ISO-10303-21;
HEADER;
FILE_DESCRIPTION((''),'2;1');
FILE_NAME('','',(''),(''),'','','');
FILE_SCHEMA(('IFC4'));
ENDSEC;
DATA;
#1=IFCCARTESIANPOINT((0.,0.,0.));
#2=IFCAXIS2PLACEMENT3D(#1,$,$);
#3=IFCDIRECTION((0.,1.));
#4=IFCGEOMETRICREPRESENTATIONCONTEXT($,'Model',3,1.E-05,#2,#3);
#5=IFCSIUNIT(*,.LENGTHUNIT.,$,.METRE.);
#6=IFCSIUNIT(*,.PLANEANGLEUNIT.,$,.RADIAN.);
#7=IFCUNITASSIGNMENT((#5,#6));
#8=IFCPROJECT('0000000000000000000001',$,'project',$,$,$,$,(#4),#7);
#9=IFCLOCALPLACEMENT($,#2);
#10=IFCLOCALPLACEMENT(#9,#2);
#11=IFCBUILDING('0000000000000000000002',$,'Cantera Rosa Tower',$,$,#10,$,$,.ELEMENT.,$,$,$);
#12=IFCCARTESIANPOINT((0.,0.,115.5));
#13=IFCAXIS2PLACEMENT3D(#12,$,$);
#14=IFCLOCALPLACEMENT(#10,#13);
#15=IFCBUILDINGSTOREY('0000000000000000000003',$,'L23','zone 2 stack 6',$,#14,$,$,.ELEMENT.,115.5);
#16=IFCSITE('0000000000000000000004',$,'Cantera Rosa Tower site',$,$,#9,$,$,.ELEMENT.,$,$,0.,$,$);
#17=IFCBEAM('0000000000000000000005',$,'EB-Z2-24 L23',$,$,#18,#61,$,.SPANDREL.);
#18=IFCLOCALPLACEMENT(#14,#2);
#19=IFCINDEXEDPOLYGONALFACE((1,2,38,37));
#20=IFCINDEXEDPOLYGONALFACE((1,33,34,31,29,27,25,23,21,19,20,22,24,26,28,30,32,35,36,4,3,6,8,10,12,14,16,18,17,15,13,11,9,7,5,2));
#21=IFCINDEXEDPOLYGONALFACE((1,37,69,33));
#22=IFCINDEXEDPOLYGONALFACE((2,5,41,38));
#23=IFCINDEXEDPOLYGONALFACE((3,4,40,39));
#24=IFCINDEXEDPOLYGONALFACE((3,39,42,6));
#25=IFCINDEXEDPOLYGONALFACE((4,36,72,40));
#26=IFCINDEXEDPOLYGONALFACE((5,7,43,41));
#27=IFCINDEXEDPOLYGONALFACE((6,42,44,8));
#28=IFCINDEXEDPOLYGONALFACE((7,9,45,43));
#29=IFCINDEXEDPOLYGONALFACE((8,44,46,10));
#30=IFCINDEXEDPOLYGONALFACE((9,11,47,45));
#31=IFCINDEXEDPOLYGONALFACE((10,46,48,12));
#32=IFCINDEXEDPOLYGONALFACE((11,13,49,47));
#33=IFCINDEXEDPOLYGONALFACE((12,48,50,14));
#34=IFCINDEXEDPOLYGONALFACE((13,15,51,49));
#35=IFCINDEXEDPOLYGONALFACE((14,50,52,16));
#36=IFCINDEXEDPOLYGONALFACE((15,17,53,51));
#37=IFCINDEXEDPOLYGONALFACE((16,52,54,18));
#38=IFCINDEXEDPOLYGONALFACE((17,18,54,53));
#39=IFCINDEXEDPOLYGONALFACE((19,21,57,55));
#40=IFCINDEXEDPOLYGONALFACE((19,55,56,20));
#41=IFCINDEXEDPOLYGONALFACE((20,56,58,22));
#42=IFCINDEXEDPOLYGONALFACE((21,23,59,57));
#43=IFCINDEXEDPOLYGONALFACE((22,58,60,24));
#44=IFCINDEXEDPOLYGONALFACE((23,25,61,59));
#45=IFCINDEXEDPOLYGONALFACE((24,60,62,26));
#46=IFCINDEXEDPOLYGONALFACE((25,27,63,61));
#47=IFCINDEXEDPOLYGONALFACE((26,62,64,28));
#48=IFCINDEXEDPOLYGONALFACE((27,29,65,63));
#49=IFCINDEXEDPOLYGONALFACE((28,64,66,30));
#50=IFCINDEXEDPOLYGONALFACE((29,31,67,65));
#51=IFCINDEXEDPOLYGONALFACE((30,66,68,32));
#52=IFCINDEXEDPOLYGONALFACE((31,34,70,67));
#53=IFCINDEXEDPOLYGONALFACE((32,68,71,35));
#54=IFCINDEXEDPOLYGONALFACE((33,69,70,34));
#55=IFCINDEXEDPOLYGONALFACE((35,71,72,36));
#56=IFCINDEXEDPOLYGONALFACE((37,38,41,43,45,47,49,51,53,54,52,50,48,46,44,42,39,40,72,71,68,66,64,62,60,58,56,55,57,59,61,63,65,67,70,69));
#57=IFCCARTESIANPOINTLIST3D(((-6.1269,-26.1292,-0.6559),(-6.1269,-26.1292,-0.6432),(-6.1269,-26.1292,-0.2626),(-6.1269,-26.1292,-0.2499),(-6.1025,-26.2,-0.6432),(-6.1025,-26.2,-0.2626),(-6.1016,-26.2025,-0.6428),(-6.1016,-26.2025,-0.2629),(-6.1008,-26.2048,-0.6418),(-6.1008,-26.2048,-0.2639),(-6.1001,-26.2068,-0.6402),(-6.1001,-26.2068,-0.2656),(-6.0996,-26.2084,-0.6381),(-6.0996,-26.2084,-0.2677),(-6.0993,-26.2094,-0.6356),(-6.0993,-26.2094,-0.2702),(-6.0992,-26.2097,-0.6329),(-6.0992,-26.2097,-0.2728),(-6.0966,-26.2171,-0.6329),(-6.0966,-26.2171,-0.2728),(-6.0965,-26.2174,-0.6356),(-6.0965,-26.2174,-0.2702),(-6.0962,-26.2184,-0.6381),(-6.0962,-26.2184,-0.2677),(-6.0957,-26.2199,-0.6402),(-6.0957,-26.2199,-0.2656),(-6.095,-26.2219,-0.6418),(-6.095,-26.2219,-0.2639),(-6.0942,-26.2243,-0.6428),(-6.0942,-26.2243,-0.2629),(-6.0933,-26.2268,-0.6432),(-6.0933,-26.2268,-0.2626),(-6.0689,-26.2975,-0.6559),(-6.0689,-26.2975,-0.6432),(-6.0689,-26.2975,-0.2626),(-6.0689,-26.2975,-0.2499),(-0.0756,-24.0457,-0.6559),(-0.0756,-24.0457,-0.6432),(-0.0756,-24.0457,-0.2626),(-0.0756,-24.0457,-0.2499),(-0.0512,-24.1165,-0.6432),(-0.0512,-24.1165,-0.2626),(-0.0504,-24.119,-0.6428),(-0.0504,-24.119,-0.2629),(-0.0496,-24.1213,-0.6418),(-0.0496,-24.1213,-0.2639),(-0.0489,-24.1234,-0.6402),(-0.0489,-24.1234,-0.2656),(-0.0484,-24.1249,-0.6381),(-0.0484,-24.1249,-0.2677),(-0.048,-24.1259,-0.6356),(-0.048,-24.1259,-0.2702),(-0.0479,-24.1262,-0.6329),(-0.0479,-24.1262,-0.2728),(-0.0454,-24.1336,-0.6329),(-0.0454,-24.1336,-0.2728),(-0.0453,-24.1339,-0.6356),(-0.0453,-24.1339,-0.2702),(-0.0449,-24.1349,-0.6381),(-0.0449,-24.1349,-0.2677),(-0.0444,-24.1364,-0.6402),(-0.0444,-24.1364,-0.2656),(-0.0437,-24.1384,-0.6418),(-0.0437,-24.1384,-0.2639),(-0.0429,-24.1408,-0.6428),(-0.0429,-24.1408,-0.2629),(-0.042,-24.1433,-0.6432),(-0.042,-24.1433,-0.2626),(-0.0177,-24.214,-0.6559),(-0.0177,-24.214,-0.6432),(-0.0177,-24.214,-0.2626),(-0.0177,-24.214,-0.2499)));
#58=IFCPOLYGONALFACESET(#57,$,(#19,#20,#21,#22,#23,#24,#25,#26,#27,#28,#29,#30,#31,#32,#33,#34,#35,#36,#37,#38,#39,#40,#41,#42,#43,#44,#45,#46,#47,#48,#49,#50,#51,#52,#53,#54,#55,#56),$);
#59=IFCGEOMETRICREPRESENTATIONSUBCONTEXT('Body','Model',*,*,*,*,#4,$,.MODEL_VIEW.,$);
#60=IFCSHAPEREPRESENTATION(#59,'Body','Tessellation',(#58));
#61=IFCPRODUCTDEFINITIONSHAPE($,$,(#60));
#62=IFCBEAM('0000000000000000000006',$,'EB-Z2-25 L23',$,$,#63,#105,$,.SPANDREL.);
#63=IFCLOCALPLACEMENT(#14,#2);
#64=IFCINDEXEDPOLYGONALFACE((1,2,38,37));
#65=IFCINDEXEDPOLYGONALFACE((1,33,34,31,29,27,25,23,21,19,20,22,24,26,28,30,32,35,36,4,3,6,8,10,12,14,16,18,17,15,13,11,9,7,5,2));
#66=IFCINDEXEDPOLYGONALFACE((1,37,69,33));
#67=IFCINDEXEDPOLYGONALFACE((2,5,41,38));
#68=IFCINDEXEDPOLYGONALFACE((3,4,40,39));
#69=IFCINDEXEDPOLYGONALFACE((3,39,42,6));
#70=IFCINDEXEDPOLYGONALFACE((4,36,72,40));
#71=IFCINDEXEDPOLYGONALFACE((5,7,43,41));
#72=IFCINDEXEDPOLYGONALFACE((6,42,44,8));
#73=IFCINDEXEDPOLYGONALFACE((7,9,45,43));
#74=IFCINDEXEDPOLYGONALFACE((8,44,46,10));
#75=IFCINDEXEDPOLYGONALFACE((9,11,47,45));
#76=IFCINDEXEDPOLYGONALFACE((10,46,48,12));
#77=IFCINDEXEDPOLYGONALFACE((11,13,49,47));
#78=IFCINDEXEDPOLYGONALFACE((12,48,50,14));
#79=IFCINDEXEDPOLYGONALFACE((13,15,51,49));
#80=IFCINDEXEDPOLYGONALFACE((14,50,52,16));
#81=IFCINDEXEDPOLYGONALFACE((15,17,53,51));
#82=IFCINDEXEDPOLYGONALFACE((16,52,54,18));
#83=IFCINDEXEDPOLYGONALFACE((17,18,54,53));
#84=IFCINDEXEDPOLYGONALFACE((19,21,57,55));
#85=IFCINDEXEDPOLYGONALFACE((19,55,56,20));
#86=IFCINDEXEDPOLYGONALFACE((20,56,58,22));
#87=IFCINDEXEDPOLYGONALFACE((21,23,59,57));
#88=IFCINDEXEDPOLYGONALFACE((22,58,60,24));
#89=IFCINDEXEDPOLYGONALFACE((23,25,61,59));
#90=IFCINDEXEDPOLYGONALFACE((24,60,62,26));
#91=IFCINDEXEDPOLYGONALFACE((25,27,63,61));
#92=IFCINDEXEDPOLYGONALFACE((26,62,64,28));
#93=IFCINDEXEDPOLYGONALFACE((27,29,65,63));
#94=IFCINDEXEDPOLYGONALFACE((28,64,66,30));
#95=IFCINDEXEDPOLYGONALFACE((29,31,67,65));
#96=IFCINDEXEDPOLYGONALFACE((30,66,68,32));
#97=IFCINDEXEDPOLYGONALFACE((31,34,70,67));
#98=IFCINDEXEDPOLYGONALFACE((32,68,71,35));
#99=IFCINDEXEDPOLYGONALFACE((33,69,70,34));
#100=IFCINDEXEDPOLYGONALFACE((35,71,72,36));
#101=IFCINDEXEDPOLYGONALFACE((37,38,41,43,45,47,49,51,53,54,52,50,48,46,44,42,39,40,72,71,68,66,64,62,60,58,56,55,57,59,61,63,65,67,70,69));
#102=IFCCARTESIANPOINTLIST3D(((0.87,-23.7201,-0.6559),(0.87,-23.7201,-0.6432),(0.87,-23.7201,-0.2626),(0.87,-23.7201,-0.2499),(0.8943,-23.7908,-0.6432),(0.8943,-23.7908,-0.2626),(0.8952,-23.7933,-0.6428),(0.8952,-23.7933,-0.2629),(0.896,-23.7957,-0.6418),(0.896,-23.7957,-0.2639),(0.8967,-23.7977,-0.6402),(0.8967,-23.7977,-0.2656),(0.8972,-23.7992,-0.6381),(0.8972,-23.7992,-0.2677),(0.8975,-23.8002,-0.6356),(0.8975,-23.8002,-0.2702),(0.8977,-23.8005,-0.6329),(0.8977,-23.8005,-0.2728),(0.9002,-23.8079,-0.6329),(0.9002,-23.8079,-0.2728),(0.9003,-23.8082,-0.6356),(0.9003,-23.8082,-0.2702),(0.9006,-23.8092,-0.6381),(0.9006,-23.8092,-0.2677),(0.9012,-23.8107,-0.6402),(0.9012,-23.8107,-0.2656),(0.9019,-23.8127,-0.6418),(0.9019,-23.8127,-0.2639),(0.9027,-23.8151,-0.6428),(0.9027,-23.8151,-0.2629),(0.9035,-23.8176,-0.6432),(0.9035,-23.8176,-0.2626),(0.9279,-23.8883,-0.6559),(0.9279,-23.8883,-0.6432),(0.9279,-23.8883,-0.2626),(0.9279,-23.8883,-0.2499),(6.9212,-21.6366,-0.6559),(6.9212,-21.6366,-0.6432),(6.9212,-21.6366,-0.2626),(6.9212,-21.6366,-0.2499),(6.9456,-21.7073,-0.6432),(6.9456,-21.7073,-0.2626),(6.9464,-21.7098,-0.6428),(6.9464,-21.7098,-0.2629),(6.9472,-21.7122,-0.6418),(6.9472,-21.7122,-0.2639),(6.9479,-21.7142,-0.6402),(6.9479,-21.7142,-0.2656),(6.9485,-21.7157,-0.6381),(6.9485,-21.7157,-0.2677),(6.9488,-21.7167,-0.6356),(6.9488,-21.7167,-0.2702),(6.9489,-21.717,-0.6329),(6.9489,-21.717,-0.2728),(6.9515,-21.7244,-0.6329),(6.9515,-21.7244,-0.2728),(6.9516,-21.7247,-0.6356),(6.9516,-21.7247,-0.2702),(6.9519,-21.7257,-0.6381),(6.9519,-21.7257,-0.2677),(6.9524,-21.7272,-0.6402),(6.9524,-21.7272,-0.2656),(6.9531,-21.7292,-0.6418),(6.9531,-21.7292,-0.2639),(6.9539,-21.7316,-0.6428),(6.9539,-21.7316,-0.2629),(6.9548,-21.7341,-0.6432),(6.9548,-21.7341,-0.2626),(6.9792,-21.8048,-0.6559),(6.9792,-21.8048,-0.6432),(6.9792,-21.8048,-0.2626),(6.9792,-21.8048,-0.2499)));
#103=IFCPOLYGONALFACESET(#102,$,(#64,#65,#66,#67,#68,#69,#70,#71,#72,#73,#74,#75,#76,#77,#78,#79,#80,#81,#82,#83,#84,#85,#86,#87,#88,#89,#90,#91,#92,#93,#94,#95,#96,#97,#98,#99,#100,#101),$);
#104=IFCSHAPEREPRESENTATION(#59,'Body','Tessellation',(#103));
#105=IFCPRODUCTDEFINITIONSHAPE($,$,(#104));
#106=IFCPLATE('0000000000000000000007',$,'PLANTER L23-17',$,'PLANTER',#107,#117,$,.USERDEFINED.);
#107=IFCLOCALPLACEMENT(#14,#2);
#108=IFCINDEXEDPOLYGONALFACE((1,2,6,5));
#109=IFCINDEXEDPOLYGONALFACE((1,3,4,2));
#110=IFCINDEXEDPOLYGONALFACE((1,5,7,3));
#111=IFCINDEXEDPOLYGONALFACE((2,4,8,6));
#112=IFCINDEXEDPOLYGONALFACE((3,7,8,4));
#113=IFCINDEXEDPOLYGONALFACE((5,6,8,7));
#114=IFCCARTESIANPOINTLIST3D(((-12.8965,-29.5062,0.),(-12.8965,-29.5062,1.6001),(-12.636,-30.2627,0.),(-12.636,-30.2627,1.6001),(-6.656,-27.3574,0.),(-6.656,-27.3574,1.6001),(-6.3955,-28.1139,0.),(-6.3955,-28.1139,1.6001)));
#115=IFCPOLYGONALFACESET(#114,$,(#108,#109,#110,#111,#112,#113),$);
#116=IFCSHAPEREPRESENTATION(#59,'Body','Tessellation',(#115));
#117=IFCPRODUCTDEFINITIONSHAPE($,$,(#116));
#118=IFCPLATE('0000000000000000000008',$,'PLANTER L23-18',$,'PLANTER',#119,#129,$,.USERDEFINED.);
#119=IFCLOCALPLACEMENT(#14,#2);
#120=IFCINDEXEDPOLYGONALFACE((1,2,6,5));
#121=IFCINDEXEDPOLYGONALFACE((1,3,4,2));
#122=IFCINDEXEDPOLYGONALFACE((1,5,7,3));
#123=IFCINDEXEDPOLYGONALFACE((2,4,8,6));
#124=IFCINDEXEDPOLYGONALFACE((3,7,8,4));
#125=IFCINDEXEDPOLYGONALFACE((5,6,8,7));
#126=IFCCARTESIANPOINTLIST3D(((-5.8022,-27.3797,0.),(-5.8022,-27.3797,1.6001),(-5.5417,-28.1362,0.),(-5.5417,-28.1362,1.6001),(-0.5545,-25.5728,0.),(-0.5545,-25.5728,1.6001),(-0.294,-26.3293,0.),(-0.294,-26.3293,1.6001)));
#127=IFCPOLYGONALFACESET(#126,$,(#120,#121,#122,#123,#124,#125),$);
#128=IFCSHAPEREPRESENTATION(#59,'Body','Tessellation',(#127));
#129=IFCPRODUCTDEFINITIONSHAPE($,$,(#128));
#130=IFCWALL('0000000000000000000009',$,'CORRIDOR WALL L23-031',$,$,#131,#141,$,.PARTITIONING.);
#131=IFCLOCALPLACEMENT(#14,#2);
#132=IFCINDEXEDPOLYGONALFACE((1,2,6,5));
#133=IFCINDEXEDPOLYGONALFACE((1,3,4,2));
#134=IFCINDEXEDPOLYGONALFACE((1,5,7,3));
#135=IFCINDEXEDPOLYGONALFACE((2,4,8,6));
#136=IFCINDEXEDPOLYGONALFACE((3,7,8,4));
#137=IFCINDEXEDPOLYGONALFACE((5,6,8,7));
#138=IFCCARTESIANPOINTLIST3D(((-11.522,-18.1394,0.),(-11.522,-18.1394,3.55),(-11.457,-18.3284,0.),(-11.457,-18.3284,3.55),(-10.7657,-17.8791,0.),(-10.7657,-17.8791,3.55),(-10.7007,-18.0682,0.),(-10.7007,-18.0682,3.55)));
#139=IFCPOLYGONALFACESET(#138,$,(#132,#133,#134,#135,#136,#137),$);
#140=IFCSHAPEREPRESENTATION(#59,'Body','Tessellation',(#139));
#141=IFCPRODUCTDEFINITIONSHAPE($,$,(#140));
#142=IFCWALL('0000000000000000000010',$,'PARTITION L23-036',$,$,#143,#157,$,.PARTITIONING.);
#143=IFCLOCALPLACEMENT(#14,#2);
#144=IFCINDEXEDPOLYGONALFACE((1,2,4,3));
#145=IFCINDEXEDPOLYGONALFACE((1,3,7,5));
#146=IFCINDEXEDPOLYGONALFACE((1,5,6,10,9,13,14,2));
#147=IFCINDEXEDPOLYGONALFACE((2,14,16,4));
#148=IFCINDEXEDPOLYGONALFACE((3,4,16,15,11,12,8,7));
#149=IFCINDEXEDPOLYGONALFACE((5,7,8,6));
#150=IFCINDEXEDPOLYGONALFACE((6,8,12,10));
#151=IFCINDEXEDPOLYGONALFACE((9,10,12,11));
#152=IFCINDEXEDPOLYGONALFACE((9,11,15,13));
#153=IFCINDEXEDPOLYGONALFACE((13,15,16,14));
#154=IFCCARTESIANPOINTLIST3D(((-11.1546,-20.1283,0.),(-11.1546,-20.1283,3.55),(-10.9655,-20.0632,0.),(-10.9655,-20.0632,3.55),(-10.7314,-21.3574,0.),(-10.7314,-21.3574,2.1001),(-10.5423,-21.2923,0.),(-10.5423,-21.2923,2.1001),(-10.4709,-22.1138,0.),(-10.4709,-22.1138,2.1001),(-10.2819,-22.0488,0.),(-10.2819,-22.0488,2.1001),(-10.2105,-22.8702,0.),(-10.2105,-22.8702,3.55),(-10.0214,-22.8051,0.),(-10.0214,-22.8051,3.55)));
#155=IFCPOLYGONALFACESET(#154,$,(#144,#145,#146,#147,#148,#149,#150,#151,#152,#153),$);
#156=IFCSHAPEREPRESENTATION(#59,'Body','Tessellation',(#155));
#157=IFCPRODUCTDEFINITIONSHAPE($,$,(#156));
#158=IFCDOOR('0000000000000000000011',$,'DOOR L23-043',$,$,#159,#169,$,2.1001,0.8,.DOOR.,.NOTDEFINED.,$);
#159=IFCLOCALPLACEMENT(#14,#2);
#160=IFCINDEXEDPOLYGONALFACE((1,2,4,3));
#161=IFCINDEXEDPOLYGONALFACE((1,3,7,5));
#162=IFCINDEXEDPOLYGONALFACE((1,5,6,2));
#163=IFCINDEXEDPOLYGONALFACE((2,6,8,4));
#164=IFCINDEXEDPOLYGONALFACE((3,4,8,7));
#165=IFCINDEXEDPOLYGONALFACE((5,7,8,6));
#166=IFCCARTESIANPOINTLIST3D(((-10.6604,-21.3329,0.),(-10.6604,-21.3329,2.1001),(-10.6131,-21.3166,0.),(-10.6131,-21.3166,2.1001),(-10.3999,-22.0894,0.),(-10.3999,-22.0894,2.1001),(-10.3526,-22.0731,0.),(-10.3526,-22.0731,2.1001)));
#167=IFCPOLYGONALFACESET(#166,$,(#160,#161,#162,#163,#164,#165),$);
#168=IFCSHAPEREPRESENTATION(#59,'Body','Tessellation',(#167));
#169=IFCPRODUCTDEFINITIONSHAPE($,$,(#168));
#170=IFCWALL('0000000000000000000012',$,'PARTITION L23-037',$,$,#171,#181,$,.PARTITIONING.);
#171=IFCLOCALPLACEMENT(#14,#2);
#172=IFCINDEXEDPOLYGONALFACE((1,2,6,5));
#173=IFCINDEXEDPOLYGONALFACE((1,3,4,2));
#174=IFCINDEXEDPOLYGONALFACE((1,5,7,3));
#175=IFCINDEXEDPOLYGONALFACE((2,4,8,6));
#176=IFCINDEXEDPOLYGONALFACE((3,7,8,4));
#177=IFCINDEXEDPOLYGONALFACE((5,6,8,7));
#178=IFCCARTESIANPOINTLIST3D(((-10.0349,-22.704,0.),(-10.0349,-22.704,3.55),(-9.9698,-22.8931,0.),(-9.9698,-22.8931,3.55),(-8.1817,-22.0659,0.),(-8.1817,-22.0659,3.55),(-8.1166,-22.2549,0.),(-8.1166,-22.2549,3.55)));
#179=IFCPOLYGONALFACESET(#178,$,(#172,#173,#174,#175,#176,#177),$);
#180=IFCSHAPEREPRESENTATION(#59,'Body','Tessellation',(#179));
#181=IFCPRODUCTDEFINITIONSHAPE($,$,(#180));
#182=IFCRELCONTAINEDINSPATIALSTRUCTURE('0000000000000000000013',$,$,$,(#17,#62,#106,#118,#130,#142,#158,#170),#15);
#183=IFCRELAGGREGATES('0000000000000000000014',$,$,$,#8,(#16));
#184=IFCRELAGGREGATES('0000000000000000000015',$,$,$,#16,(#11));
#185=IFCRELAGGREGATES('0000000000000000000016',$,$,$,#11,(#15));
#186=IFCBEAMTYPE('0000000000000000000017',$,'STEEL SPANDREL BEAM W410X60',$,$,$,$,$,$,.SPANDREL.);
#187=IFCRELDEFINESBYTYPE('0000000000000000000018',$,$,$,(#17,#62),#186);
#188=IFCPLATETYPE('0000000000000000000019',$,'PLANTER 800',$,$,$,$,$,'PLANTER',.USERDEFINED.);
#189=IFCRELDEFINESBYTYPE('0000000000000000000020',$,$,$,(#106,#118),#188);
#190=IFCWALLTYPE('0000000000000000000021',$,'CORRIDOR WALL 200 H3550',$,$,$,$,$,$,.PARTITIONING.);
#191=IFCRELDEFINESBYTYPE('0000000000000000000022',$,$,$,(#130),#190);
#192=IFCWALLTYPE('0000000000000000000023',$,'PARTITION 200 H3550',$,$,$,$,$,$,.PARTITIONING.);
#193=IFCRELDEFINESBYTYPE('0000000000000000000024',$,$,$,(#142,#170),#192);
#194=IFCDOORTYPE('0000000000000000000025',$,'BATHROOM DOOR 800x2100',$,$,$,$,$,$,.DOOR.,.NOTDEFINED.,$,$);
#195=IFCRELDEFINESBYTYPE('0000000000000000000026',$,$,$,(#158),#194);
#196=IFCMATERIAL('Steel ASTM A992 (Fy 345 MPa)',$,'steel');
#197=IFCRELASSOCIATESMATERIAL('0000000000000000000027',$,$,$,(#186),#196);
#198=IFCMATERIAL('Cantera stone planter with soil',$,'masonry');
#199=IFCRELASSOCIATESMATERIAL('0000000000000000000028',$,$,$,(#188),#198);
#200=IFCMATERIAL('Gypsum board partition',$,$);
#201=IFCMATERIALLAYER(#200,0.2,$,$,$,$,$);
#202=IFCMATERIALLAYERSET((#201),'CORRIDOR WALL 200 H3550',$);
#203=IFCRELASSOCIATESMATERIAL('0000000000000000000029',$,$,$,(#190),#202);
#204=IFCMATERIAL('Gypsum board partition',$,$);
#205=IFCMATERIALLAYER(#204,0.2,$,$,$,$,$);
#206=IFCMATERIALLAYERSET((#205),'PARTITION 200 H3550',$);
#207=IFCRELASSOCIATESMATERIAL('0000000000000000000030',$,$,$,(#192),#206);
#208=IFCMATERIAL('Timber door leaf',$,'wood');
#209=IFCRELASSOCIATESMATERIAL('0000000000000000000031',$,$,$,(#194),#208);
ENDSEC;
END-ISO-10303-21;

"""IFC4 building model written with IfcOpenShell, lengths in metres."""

from ifc_helpers import new_model, si_unit, direction, frame, frame_2d, origin, origin_2d, place, context, subcontext, project, spatial, rectangle, i_section, extrude, material, layer, layer_set, material_profile, profile_set, type_object, element, fill, save


model = new_model("IFC4")

# Units and contexts
model_context = context("Model", 3, precision=1e-05, world=origin(), true_north=direction((0.0, 1.0)))
body_context = subcontext(model_context, "Body", "Model", "MODEL_VIEW")
ifc_project = project(units=[si_unit("LENGTHUNIT", "METRE"), si_unit("PLANEANGLEUNIT", "RADIAN")], contexts=[model_context])

# Site, building, storey
site_placement = place(None, origin())
site = spatial("IfcSite", under=ifc_project, at=site_placement, Name="Cantera Rosa Tower site", CompositionType="ELEMENT", RefElevation=0.0)
building_placement = place(site_placement, origin())
building = spatial("IfcBuilding", under=site, at=building_placement, Name="Cantera Rosa Tower", CompositionType="ELEMENT")
storey_placement = place(building_placement, frame((0.0, 0.0, 115.5)))
storey = spatial("IfcBuildingStorey", under=building, at=storey_placement, Name="L23", Description="zone 2 stack 6", CompositionType="ELEMENT", Elevation=115.5)

# Beams
ifc_material_1 = material(Name="Steel ASTM A992 (Fy 345 MPa)", Category="steel")
ifc_material_profile_1 = material_profile(ifc_material_1, i_section(OverallWidth=0.178, OverallDepth=0.406, WebThickness=0.0078, FlangeThickness=0.0127, FilletRadius=0.0103, at=origin_2d()), Name="W410X60")
ifc_profile_set_1 = profile_set([ifc_material_profile_1], Name="Steel ASTM A992 (Fy 345 MPa)")
beam_type_1 = type_object("IfcBeamType", Name="STEEL SPANDREL BEAM W410X60", PredefinedType="SPANDREL", material=ifc_profile_set_1)
for number, where, z_axis, x_axis, name in (
    (1, (-6.0979, -26.2134, -0.4529), (0.945524, 0.325551, 0.0), (-0.325551, 0.945524, 0.0), "EB-Z2-24 L23"),
    (2, (0.8989, -23.8042, -0.4529), (0.945524, 0.325551, 0.0), (-0.325551, 0.945524, 0.0), "EB-Z2-25 L23"),
):
    element("IfcBeam", number, at=place(storey_placement, frame(where, z_axis=z_axis, x_axis=x_axis)), inside=storey, type_object=beam_type_1, Name=name, PredefinedType="SPANDREL", context=body_context, shape_type="SweptSolid", body=[
        extrude(i_section(OverallWidth=0.178, OverallDepth=0.406, WebThickness=0.0078, FlangeThickness=0.0127, FilletRadius=0.0103, at=origin_2d()), origin(), (0.0, 0.0, 1.0), 6.3999),
    ])

# Plates
ifc_material_2 = material(Name="Cantera stone planter with soil", Category="masonry")
plate_type = type_object("IfcPlateType", Name="PLANTER 800", ElementType="PLANTER", PredefinedType="USERDEFINED", material=ifc_material_2)
plate_1_placement = place(storey_placement, frame((-9.646, -28.8101, 0.0), z_axis=(0.0, 0.0, 1.0), x_axis=(0.945519, 0.325568, 0.0)))
element("IfcPlate", 3, at=plate_1_placement, inside=storey, type_object=plate_type, Name="PLANTER L23-17", ObjectType="PLANTER", PredefinedType="USERDEFINED", context=body_context, shape_type="SweptSolid", body=[
    extrude(rectangle(XDim=6.6001, YDim=0.8, at=origin_2d()), origin(), (0.0, 0.0, 1.0), 1.6001),
])
plate_2_placement = place(storey_placement, frame((-3.0481, -26.8545, 0.0), z_axis=(0.0, 0.0, 1.0), x_axis=(0.945519, 0.325568, 0.0)))
element("IfcPlate", 4, at=plate_2_placement, inside=storey, type_object=plate_type, Name="PLANTER L23-18", ObjectType="PLANTER", PredefinedType="USERDEFINED", context=body_context, shape_type="SweptSolid", body=[
    extrude(rectangle(XDim=5.55, YDim=0.8, at=origin_2d()), origin(), (0.0, 0.0, 1.0), 1.6001),
])

# Wall
ifc_material_3 = material(Name="Gypsum board partition")
ifc_layer_1 = layer(ifc_material_3, 0.2)
ifc_layer_set_1 = layer_set([ifc_layer_1], Name="CORRIDOR WALL 200 H3550")
wall_type_1 = type_object("IfcWallType", Name="CORRIDOR WALL 200 H3550", PredefinedType="PARTITIONING", material=ifc_layer_set_1)
wall_1_placement = place(storey_placement, frame((-11.4895, -18.2339, 0.0), z_axis=(0.0, 0.0, 1.0), x_axis=(0.945587, 0.32537, 0.0)))
element("IfcWall", 5, at=wall_1_placement, inside=storey, type_object=wall_type_1, Name="CORRIDOR WALL L23-031", PredefinedType="PARTITIONING", context=body_context, shape_type="SweptSolid", body=[
    extrude(rectangle(XDim=0.7998, YDim=0.2, at=frame_2d((0.3999, 0.0))), origin(), (0.0, 0.0, 1.0), 3.55),
])

# Wall, opening, door
ifc_material_4 = material(Name="Gypsum board partition")
ifc_layer_2 = layer(ifc_material_4, 0.2)
ifc_layer_set_2 = layer_set([ifc_layer_2], Name="PARTITION 200 H3550")
wall_type_2 = type_object("IfcWallType", Name="PARTITION 200 H3550", PredefinedType="PARTITIONING", material=ifc_layer_set_2)
wall_2_placement = place(storey_placement, frame((-10.116, -22.8376, 0.0), z_axis=(0.0, 0.0, 1.0), x_axis=(-0.325557, 0.945522, 0.0)))
wall_2 = element("IfcWall", 6, at=wall_2_placement, inside=storey, type_object=wall_type_2, Name="PARTITION L23-036", PredefinedType="PARTITIONING", context=body_context, shape_type="SweptSolid", body=[
    extrude(rectangle(XDim=2.8999, YDim=0.2, at=frame_2d((1.45, 0.0))), origin(), (0.0, 0.0, 1.0), 3.55),
])
opening_1_placement = place(wall_2_placement, frame((0.8, 0.0, 0.0)))
opening_1 = element("IfcOpeningElement", 7, at=opening_1_placement, cuts=wall_2, PredefinedType="OPENING", context=body_context, shape_type="SweptSolid", body=[
    extrude(rectangle(XDim=0.8, YDim=2.1001, at=frame_2d((0.3999, 1.05))), frame((0.0, 0.1099, 0.0), z_axis=(0.0, -1.0, 0.0), x_axis=(1.0, 0.0, 0.0)), (0.0, 0.0, 1.0), 0.22),
])
ifc_material_5 = material(Name="Timber door leaf", Category="wood")
door_type_1 = type_object("IfcDoorType", Name="BATHROOM DOOR 800x2100", OperationType="NOTDEFINED", PredefinedType="DOOR", material=ifc_material_5)
door_1_placement = place(opening_1_placement, origin())
door_1 = element("IfcDoor", 8, at=door_1_placement, inside=storey, type_object=door_type_1, Name="DOOR L23-043", OperationType="NOTDEFINED", OverallHeight=2.1001, OverallWidth=0.8, PredefinedType="DOOR", context=body_context, shape_type="SweptSolid", body=[
    extrude(rectangle(XDim=0.8, YDim=2.1001, at=frame_2d((0.3999, 1.05))), frame((0.0, 0.0249, 0.0), z_axis=(0.0, -1.0, 0.0), x_axis=(1.0, 0.0, 0.0)), (0.0, 0.0, 1.0), 0.05),
])
fill(opening_1, door_1)

# Wall
wall_3_placement = place(storey_placement, frame((-8.1492, -22.1604, 0.0), z_axis=(0.0, 0.0, 1.0), x_axis=(-0.945511, -0.325591, 0.0)))
element("IfcWall", 9, at=wall_3_placement, inside=storey, type_object=wall_type_2, Name="PARTITION L23-037", PredefinedType="PARTITIONING", context=body_context, shape_type="SweptSolid", body=[
    extrude(rectangle(XDim=1.96, YDim=0.2, at=frame_2d((0.98, 0.0))), origin(), (0.0, 0.0, 1.0), 3.55),
])

save(model, "model.ifc")
